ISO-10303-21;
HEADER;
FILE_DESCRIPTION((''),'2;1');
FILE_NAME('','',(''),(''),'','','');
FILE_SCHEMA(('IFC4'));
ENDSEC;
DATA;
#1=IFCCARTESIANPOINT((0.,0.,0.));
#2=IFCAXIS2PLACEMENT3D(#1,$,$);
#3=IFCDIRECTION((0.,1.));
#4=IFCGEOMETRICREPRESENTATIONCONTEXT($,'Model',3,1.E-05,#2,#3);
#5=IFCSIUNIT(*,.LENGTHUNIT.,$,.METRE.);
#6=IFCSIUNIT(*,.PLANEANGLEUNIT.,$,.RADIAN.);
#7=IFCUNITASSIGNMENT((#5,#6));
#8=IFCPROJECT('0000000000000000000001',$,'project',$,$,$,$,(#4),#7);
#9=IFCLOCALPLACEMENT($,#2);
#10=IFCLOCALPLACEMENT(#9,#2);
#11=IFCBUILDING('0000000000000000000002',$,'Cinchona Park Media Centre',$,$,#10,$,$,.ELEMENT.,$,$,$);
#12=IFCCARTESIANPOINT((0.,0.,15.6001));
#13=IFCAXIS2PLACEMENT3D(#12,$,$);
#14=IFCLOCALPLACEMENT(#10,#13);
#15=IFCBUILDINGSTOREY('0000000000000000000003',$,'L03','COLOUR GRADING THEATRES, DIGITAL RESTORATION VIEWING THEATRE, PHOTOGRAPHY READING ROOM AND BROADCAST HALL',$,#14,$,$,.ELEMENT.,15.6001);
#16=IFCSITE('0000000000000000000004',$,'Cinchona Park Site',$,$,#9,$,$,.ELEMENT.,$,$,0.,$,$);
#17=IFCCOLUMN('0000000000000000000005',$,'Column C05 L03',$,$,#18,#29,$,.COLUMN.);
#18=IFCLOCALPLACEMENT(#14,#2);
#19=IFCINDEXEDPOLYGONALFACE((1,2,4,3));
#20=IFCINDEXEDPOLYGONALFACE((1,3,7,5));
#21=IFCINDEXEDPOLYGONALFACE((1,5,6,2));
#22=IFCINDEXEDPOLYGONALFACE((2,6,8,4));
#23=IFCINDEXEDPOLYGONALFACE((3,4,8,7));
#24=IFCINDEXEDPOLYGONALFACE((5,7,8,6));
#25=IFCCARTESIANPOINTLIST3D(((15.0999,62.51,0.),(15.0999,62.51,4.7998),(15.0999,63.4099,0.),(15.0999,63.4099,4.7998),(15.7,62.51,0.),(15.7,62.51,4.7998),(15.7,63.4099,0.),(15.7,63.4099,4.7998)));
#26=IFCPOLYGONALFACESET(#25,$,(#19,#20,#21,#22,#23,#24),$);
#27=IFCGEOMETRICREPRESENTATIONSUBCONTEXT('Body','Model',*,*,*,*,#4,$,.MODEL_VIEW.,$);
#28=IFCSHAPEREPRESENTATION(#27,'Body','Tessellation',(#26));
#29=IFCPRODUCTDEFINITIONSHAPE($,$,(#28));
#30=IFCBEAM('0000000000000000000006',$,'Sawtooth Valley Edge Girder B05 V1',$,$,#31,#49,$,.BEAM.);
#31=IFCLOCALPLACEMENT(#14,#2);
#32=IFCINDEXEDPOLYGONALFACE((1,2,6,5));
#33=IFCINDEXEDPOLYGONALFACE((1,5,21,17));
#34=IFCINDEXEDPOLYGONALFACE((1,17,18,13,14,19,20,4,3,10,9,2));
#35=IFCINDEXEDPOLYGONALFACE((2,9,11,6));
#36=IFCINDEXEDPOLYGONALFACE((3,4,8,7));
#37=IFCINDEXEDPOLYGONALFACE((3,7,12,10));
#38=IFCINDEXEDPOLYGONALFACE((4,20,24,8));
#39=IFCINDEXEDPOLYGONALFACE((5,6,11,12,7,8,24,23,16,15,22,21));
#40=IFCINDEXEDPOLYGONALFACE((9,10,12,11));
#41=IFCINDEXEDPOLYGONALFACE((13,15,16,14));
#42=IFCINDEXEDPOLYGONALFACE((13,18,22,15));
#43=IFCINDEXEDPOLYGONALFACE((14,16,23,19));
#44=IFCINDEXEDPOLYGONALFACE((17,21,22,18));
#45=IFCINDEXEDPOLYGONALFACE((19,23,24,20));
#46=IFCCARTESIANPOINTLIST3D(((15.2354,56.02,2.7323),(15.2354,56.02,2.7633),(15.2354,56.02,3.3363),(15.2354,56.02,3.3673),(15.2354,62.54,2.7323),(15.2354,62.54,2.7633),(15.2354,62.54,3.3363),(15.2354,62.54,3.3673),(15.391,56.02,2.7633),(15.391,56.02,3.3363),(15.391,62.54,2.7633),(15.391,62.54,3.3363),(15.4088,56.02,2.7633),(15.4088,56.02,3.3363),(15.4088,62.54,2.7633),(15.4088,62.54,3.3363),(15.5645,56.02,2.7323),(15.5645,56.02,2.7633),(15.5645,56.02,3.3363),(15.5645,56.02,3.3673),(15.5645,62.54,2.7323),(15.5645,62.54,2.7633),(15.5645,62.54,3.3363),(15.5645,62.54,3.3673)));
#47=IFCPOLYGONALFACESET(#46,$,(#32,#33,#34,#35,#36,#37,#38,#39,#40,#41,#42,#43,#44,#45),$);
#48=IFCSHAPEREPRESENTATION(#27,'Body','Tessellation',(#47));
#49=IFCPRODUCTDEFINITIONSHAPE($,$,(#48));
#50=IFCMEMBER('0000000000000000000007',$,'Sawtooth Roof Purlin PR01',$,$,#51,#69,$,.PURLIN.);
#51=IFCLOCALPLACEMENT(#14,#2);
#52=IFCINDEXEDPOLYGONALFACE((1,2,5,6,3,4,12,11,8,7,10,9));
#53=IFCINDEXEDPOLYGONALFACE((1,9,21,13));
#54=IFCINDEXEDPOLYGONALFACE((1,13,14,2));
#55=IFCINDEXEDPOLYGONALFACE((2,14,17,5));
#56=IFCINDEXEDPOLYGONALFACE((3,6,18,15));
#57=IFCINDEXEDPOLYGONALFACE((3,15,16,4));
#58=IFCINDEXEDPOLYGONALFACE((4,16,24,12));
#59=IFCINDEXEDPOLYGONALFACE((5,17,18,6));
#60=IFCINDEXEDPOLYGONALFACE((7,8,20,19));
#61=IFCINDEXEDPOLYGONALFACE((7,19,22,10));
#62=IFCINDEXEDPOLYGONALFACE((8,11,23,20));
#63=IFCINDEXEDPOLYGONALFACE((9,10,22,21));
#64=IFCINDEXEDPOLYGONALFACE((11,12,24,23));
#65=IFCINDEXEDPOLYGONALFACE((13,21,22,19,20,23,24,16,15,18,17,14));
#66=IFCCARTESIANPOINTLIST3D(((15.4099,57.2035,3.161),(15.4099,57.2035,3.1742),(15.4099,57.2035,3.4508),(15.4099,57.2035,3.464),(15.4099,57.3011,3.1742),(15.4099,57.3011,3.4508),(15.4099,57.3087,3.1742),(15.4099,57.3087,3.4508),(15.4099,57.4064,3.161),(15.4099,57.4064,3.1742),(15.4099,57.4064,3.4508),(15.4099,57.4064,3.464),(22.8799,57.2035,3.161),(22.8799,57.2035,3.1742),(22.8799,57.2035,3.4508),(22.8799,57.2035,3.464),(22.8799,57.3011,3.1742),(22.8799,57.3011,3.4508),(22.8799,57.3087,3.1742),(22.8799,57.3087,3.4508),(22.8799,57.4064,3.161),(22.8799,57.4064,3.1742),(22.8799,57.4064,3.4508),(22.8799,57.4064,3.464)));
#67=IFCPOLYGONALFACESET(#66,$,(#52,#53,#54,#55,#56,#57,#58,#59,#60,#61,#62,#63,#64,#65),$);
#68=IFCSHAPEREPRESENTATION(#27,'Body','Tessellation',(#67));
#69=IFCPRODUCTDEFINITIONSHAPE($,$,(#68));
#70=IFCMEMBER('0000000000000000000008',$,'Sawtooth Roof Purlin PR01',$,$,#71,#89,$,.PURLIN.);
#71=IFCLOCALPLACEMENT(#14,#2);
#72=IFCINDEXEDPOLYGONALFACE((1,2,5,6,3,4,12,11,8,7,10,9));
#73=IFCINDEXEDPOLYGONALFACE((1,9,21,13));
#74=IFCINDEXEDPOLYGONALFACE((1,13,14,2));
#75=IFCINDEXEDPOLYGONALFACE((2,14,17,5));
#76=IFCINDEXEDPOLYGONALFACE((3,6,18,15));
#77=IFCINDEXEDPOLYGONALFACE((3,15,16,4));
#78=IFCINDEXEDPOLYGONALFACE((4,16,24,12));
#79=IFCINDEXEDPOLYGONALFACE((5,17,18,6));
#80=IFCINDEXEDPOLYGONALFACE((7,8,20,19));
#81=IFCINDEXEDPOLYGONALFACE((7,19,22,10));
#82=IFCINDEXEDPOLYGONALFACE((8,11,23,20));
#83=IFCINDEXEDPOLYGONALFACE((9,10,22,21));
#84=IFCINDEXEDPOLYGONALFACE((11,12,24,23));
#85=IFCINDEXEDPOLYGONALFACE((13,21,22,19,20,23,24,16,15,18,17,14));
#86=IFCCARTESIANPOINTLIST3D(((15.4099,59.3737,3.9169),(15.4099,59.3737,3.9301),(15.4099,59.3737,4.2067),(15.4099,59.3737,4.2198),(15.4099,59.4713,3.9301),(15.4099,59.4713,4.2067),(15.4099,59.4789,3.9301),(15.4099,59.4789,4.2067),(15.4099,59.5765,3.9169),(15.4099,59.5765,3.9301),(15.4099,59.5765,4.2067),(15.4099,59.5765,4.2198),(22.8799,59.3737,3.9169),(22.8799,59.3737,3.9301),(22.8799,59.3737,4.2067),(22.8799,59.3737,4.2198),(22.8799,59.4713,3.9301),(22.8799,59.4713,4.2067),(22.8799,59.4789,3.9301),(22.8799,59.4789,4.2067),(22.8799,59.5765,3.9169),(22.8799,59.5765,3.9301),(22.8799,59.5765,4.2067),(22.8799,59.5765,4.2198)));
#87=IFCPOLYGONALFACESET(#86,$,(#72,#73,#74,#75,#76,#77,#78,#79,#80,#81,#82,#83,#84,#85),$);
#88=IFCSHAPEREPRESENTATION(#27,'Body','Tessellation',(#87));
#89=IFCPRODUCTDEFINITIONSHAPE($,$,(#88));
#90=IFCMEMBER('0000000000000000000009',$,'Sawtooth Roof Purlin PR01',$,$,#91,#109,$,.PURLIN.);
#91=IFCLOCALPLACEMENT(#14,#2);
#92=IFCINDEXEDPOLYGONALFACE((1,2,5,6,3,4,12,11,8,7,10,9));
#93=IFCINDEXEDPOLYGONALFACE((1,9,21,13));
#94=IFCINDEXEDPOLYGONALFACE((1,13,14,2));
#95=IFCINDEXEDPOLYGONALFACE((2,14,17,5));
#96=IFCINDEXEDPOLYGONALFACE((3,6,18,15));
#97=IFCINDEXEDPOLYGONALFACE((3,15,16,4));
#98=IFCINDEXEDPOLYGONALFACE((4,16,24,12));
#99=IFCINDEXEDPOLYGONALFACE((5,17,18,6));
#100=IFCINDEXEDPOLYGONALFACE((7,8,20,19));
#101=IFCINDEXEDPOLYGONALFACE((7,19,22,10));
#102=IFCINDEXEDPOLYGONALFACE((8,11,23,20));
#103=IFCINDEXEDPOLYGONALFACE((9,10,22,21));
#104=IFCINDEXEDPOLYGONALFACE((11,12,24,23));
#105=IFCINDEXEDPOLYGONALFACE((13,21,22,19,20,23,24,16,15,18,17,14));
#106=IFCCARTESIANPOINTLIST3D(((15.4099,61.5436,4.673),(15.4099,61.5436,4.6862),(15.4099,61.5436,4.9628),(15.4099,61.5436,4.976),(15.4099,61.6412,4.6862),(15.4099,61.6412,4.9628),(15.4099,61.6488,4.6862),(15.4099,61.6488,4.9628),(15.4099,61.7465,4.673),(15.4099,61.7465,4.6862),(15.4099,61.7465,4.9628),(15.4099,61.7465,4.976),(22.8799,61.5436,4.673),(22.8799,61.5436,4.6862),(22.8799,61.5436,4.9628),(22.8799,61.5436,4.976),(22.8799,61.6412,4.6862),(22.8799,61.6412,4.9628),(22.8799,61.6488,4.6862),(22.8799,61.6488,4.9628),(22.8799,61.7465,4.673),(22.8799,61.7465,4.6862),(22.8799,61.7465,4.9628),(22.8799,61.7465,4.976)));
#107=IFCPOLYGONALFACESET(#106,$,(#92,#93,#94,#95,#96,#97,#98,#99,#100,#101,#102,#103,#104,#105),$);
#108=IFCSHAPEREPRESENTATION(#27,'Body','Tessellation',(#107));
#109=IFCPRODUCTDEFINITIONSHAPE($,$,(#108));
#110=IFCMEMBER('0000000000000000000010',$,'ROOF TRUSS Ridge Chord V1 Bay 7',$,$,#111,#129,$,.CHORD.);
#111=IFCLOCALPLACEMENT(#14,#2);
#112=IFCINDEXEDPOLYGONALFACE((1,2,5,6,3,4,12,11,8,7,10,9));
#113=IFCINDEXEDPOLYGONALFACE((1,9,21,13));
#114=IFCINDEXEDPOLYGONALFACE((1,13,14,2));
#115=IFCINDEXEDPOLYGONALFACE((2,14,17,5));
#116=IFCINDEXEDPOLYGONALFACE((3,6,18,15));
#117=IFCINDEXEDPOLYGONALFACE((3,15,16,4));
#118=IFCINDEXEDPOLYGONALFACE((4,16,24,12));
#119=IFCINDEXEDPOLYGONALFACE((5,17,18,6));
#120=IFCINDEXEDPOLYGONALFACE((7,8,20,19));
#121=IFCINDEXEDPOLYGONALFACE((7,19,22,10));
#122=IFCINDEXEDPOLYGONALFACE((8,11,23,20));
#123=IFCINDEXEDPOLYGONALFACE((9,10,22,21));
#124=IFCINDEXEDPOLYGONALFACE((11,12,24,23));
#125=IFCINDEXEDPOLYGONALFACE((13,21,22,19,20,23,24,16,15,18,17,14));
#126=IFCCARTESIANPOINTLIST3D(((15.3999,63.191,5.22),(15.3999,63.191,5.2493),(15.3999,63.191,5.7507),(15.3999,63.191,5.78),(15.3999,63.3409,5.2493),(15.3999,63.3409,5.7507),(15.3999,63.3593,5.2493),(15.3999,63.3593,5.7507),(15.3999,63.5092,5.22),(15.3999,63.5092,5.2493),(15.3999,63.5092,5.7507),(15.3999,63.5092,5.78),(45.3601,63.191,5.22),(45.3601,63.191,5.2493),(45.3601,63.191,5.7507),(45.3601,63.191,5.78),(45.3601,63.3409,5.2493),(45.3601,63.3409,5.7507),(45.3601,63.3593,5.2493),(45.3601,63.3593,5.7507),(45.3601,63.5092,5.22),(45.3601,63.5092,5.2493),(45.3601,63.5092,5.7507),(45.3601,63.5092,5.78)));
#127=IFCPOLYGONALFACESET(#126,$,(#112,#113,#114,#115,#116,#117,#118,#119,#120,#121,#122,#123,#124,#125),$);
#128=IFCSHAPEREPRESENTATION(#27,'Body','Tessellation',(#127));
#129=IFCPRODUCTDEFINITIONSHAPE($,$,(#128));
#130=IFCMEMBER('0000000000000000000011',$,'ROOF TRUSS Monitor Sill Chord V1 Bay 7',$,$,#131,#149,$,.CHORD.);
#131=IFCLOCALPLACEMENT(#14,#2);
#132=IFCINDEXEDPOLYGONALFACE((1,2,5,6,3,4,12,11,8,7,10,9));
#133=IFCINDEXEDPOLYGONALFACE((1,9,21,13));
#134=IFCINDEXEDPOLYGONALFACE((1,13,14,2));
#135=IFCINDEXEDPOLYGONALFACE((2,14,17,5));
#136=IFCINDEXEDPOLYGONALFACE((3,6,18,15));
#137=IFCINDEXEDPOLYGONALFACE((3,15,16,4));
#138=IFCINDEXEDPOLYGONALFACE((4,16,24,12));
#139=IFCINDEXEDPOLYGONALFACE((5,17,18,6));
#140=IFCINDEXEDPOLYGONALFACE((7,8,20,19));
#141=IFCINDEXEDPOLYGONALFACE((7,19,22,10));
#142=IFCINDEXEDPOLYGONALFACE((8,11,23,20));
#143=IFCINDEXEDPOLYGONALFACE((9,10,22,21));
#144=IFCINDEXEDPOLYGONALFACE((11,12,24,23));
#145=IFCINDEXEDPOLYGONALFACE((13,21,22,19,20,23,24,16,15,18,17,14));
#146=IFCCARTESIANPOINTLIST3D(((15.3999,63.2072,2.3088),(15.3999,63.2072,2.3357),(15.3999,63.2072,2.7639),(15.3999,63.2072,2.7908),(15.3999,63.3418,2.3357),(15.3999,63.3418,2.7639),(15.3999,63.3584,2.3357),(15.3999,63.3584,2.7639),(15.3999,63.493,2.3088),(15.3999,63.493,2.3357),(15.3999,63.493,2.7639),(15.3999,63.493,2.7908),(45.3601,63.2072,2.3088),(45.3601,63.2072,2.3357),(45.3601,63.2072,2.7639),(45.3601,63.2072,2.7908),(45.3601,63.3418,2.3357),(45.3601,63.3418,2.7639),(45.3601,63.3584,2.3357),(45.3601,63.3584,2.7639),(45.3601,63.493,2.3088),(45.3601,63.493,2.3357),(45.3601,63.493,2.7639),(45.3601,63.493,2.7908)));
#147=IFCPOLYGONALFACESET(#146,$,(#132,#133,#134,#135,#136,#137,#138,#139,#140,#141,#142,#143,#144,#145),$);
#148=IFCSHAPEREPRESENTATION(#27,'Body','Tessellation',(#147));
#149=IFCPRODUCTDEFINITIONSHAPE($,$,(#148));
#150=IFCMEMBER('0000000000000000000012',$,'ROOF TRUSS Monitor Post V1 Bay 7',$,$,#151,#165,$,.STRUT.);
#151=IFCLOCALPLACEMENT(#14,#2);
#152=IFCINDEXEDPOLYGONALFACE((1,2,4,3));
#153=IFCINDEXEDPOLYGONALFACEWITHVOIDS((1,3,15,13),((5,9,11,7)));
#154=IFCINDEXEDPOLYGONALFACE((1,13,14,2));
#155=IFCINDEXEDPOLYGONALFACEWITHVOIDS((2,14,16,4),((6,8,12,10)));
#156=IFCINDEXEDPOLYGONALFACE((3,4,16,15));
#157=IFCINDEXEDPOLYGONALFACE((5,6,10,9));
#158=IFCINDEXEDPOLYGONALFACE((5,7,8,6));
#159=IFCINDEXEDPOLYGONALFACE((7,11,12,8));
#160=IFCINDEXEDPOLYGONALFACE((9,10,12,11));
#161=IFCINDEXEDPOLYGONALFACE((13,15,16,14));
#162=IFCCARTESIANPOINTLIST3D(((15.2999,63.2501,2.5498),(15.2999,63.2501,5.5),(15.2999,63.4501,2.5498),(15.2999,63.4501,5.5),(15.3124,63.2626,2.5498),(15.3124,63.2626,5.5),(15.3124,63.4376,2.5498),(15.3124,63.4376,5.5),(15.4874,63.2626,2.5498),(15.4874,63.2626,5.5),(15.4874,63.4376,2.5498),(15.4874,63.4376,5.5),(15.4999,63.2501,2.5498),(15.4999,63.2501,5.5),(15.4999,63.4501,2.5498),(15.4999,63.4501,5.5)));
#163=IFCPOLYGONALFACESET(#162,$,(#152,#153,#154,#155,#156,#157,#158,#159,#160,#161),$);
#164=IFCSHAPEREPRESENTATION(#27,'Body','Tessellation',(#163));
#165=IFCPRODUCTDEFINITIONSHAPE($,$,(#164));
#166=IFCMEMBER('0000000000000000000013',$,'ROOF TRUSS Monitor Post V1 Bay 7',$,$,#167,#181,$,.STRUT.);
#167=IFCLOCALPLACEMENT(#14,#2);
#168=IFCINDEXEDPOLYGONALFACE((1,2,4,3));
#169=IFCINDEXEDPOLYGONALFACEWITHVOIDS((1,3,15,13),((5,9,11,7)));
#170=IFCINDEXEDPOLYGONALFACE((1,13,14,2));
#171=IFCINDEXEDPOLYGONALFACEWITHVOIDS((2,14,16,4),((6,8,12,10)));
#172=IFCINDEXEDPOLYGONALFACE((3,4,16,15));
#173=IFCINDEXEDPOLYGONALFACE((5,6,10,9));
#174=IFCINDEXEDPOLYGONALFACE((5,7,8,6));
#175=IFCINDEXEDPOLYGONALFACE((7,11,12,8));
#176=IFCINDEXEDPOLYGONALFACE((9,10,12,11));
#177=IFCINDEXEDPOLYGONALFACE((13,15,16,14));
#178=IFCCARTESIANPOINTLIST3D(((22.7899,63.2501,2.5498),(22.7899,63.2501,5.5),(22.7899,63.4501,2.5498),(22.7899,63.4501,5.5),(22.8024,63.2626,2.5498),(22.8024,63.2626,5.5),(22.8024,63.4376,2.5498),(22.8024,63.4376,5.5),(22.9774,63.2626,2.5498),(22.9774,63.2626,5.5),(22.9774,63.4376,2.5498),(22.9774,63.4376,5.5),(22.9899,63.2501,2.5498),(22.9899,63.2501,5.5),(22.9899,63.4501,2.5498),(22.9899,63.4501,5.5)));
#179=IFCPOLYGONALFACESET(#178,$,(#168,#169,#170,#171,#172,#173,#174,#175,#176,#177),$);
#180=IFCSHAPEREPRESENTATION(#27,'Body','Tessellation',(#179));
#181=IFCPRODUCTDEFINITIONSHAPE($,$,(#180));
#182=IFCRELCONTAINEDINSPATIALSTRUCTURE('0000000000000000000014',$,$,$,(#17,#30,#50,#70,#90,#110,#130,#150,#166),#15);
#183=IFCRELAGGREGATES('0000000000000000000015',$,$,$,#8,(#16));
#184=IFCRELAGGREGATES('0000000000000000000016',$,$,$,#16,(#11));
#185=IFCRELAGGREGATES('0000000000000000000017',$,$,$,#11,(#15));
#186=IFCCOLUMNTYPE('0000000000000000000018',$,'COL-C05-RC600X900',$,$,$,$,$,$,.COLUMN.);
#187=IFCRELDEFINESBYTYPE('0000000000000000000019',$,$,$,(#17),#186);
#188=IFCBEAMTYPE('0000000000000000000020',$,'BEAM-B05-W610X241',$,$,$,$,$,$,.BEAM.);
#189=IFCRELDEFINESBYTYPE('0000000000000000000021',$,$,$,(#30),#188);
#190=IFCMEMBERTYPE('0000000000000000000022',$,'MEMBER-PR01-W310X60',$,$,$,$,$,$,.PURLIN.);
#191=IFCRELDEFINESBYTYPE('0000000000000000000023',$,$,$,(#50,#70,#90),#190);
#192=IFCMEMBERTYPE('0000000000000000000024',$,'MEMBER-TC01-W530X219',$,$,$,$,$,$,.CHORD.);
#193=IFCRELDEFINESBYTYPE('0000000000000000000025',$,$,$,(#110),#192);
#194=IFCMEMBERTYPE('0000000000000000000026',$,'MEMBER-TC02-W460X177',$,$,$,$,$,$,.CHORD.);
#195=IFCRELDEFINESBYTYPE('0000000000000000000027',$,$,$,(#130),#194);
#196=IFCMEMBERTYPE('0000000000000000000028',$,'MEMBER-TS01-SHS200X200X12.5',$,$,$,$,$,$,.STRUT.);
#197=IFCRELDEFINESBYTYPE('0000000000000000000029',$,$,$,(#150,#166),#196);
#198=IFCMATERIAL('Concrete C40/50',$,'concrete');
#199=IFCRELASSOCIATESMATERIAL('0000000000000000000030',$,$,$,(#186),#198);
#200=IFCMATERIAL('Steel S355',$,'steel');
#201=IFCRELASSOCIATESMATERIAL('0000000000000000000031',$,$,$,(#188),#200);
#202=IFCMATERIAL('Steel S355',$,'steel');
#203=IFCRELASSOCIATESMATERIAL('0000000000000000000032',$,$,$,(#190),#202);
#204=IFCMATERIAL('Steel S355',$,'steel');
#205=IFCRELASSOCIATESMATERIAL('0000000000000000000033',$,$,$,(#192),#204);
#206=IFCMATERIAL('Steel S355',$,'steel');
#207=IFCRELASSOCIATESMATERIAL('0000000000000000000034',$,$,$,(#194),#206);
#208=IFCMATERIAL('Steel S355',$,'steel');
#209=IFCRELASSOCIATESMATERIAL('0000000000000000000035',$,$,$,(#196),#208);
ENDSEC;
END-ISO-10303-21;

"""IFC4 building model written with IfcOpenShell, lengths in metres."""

from ifc_helpers import new_model, si_unit, direction, frame, origin, origin_2d, place, context, subcontext, project, spatial, rectangle, hollow_rectangle, i_section, extrude, material, material_profile, profile_set, type_object, element, save


model = new_model("IFC4")

# Units and contexts
model_context = context("Model", 3, precision=1e-05, world=origin(), true_north=direction((0.0, 1.0)))
body_context = subcontext(model_context, "Body", "Model", "MODEL_VIEW")
ifc_project = project(units=[si_unit("LENGTHUNIT", "METRE"), si_unit("PLANEANGLEUNIT", "RADIAN")], contexts=[model_context])

# Site, building, storey
site_placement = place(None, origin())
site = spatial("IfcSite", under=ifc_project, at=site_placement, Name="Cinchona Park Site", CompositionType="ELEMENT", RefElevation=0.0)
building_placement = place(site_placement, origin())
building = spatial("IfcBuilding", under=site, at=building_placement, Name="Cinchona Park Media Centre", CompositionType="ELEMENT")
storey_placement = place(building_placement, frame((0.0, 0.0, 15.6001)))
storey = spatial("IfcBuildingStorey", under=building, at=storey_placement, Name="L03", Description="COLOUR GRADING THEATRES, DIGITAL RESTORATION VIEWING THEATRE, PHOTOGRAPHY READING ROOM AND BROADCAST HALL", CompositionType="ELEMENT", Elevation=15.6001)

# Column
ifc_material_1 = material(Name="Concrete C40/50", Category="concrete")
ifc_material_profile_1 = material_profile(ifc_material_1, rectangle(XDim=0.6001, YDim=0.8999, at=origin_2d()), Name="RC 600X900")
ifc_profile_set_1 = profile_set([ifc_material_profile_1], Name="Concrete C40/50")
column_type = type_object("IfcColumnType", Name="COL-C05-RC600X900", PredefinedType="COLUMN", material=ifc_profile_set_1)
column_placement = place(storey_placement, frame((15.3999, 62.96, 0.0), z_axis=(0.0, 0.0, 1.0), x_axis=(1.0, 0.0, 0.0)))
element("IfcColumn", 1, at=column_placement, inside=storey, type_object=column_type, Name="Column C05 L03", PredefinedType="COLUMN", context=body_context, shape_type="SweptSolid", body=[
    extrude(rectangle(XDim=0.6001, YDim=0.8999, at=origin_2d()), origin(), (0.0, 0.0, 1.0), 4.7998),
])

# Beam
ifc_material_2 = material(Name="Steel S355", Category="steel")
ifc_material_profile_2 = material_profile(ifc_material_2, i_section(OverallWidth=0.3291, OverallDepth=0.635, WebThickness=0.0178, FlangeThickness=0.031, at=origin_2d()), Name="W610X241")
ifc_profile_set_2 = profile_set([ifc_material_profile_2], Name="Steel S355")
beam_type = type_object("IfcBeamType", Name="BEAM-B05-W610X241", PredefinedType="BEAM", material=ifc_profile_set_2)
beam_placement = place(storey_placement, frame((15.3999, 56.02, 3.0498), z_axis=(0.0, 1.0, 0.0), x_axis=(-1.0, 0.0, 0.0)))
element("IfcBeam", 2, at=beam_placement, inside=storey, type_object=beam_type, Name="Sawtooth Valley Edge Girder B05 V1", PredefinedType="BEAM", context=body_context, shape_type="SweptSolid", body=[
    extrude(i_section(OverallWidth=0.3291, OverallDepth=0.635, WebThickness=0.0178, FlangeThickness=0.031, at=origin_2d()), origin(), (0.0, 0.0, 1.0), 6.52),
])

# Members
ifc_material_3 = material(Name="Steel S355", Category="steel")
ifc_material_profile_3 = material_profile(ifc_material_3, i_section(OverallWidth=0.2029, OverallDepth=0.303, WebThickness=0.0076, FlangeThickness=0.0132, at=origin_2d()), Name="W310X60")
ifc_profile_set_3 = profile_set([ifc_material_profile_3], Name="Steel S355")
member_type_1 = type_object("IfcMemberType", Name="MEMBER-PR01-W310X60", PredefinedType="PURLIN", material=ifc_profile_set_3)
for number, where, z_axis, x_axis, name in (
    (3, (15.4099, 57.3049, 3.3125), (1.0, 0.0, 0.0), (0.0, 1.0, 0.0), "Sawtooth Roof Purlin PR01"),
    (4, (15.4099, 59.4751, 4.0684), (1.0, 0.0, 0.0), (0.0, 1.0, 0.0), "Sawtooth Roof Purlin PR01"),
    (5, (15.4099, 61.645, 4.8245), (1.0, 0.0, 0.0), (0.0, 1.0, 0.0), "Sawtooth Roof Purlin PR01"),
):
    element("IfcMember", number, at=place(storey_placement, frame(where, z_axis=z_axis, x_axis=x_axis)), inside=storey, type_object=member_type_1, Name=name, PredefinedType="PURLIN", context=body_context, shape_type="SweptSolid", body=[
        extrude(i_section(OverallWidth=0.2029, OverallDepth=0.303, WebThickness=0.0076, FlangeThickness=0.0132, at=origin_2d()), origin(), (0.0, 0.0, 1.0), 7.47),
    ])
ifc_material_4 = material(Name="Steel S355", Category="steel")
ifc_material_profile_4 = material_profile(ifc_material_4, i_section(OverallWidth=0.3181, OverallDepth=0.5601, WebThickness=0.0183, FlangeThickness=0.0293, at=origin_2d()), Name="W530X219")
ifc_profile_set_4 = profile_set([ifc_material_profile_4], Name="Steel S355")
member_type_2 = type_object("IfcMemberType", Name="MEMBER-TC01-W530X219", PredefinedType="CHORD", material=ifc_profile_set_4)
member_1_placement = place(storey_placement, frame((15.3999, 63.3501, 5.5), z_axis=(1.0, 0.0, 0.0), x_axis=(0.0, 1.0, 0.0)))
element("IfcMember", 6, at=member_1_placement, inside=storey, type_object=member_type_2, Name="ROOF TRUSS Ridge Chord V1 Bay 7", PredefinedType="CHORD", context=body_context, shape_type="SweptSolid", body=[
    extrude(i_section(OverallWidth=0.3181, OverallDepth=0.5601, WebThickness=0.0183, FlangeThickness=0.0293, at=origin_2d()), origin(), (0.0, 0.0, 1.0), 29.9602),
])
ifc_material_5 = material(Name="Steel S355", Category="steel")
ifc_material_profile_5 = material_profile(ifc_material_5, i_section(OverallWidth=0.2859, OverallDepth=0.4819, WebThickness=0.0166, FlangeThickness=0.0269, at=origin_2d()), Name="W460X177")
ifc_profile_set_5 = profile_set([ifc_material_profile_5], Name="Steel S355")
member_type_3 = type_object("IfcMemberType", Name="MEMBER-TC02-W460X177", PredefinedType="CHORD", material=ifc_profile_set_5)
member_2_placement = place(storey_placement, frame((15.3999, 63.3501, 2.5498), z_axis=(1.0, 0.0, 0.0), x_axis=(0.0, 1.0, 0.0)))
element("IfcMember", 7, at=member_2_placement, inside=storey, type_object=member_type_3, Name="ROOF TRUSS Monitor Sill Chord V1 Bay 7", PredefinedType="CHORD", context=body_context, shape_type="SweptSolid", body=[
    extrude(i_section(OverallWidth=0.2859, OverallDepth=0.4819, WebThickness=0.0166, FlangeThickness=0.0269, at=origin_2d()), origin(), (0.0, 0.0, 1.0), 29.9602),
])
ifc_material_6 = material(Name="Steel S355", Category="steel")
ifc_material_profile_6 = material_profile(ifc_material_6, hollow_rectangle(XDim=0.2, YDim=0.2, WallThickness=0.0125, at=origin_2d()), Name="200X200X12.5SHS")
ifc_profile_set_6 = profile_set([ifc_material_profile_6], Name="Steel S355")
member_type_4 = type_object("IfcMemberType", Name="MEMBER-TS01-SHS200X200X12.5", PredefinedType="STRUT", material=ifc_profile_set_6)
for number, where, z_axis, x_axis, name in (
    (8, (15.3999, 63.3501, 2.5498), (0.0, 0.0, 1.0), (1.0, 0.0, 0.0), "ROOF TRUSS Monitor Post V1 Bay 7"),
    (9, (22.8899, 63.3501, 2.5498), (0.0, 0.0, 1.0), (1.0, 0.0, 0.0), "ROOF TRUSS Monitor Post V1 Bay 7"),
):
    element("IfcMember", number, at=place(storey_placement, frame(where, z_axis=z_axis, x_axis=x_axis)), inside=storey, type_object=member_type_4, Name=name, PredefinedType="STRUT", context=body_context, shape_type="SweptSolid", body=[
        extrude(hollow_rectangle(XDim=0.2, YDim=0.2, WallThickness=0.0125, at=origin_2d()), origin(), (0.0, 0.0, 1.0), 2.9502),
    ])

save(model, "model.ifc")
